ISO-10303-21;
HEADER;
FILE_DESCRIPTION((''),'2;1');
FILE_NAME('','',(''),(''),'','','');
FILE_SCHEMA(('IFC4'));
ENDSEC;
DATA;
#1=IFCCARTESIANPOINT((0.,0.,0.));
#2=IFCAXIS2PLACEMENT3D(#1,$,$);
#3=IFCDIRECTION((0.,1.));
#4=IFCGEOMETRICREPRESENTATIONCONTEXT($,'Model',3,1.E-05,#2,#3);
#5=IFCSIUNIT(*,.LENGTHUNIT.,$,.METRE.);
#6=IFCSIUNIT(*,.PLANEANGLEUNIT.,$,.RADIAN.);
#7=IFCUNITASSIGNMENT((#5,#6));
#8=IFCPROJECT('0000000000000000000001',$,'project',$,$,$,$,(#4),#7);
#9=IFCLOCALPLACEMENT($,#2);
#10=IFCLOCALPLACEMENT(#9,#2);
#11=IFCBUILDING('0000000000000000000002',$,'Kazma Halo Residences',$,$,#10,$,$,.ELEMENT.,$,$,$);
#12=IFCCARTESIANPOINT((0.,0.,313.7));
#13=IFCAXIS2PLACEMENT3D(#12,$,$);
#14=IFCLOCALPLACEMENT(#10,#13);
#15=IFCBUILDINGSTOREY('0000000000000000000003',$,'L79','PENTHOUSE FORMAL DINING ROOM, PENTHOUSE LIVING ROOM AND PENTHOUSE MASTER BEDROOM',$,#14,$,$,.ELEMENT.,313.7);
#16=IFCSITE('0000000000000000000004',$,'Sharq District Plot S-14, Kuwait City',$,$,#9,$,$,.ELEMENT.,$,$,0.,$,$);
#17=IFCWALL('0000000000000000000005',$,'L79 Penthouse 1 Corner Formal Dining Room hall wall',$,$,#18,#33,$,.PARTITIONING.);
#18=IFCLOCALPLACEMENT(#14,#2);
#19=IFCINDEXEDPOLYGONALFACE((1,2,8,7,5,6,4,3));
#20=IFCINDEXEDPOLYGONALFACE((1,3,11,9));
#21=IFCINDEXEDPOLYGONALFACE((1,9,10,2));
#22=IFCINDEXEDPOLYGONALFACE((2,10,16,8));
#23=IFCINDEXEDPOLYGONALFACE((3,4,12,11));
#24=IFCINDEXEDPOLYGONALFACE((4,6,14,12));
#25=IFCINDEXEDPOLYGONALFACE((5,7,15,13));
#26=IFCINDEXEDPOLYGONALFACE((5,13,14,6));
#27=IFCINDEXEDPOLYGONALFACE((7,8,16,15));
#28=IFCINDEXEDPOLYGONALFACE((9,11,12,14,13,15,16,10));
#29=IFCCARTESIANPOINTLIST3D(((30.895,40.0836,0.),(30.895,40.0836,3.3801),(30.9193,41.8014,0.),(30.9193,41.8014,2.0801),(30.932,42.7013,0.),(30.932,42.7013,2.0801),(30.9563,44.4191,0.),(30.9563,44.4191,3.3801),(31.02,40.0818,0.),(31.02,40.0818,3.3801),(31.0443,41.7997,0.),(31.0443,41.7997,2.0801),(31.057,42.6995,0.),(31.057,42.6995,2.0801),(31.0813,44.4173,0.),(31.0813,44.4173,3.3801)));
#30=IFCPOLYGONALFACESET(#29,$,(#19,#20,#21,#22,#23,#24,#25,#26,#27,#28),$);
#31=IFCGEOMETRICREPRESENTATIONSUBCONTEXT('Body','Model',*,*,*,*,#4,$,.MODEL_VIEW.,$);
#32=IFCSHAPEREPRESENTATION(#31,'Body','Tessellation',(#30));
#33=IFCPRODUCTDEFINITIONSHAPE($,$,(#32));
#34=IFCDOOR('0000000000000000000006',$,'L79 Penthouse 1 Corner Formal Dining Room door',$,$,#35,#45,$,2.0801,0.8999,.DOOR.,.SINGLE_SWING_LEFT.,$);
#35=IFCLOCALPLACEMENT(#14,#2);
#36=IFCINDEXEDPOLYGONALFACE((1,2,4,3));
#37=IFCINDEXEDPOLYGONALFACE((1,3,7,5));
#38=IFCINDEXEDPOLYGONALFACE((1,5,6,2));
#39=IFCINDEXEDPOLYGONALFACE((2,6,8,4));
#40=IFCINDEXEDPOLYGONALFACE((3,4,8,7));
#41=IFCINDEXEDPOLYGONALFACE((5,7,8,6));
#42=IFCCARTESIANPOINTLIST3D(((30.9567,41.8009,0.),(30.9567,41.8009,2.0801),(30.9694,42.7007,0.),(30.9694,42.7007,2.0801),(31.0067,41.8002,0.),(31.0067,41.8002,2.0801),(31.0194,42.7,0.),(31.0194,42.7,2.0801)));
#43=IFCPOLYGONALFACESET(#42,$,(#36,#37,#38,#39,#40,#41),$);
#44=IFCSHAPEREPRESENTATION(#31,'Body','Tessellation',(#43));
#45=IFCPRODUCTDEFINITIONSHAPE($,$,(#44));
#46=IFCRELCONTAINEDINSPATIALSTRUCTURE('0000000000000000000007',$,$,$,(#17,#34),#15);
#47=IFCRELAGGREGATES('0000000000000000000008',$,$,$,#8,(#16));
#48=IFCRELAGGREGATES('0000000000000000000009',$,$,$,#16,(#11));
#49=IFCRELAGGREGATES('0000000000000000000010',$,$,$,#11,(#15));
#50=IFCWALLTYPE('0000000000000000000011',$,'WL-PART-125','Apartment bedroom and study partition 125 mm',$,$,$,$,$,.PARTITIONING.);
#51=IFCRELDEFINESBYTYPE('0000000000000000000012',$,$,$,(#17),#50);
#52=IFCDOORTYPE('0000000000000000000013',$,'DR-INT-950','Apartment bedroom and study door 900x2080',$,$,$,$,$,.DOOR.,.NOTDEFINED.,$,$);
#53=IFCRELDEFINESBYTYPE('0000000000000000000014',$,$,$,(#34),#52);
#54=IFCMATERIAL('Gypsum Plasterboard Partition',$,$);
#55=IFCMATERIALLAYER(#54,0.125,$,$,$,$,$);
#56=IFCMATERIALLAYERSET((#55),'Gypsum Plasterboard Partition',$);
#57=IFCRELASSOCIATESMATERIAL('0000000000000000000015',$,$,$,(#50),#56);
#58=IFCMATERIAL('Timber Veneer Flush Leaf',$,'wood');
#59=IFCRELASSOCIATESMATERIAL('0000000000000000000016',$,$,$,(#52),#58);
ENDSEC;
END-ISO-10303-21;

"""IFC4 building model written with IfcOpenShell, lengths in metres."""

from ifc_helpers import new_model, si_unit, direction, frame, frame_2d, origin, place, context, subcontext, project, spatial, rectangle, extrude, material, layer, layer_set, type_object, element, fill, save


model = new_model("IFC4")

# Units and contexts
model_context = context("Model", 3, precision=1e-05, world=origin(), true_north=direction((0.0, 1.0)))
body_context = subcontext(model_context, "Body", "Model", "MODEL_VIEW")
ifc_project = project(units=[si_unit("LENGTHUNIT", "METRE"), si_unit("PLANEANGLEUNIT", "RADIAN")], contexts=[model_context])

# Site, building, storey
site_placement = place(None, origin())
site = spatial("IfcSite", under=ifc_project, at=site_placement, Name="Sharq District Plot S-14, Kuwait City", CompositionType="ELEMENT", RefElevation=0.0)
building_placement = place(site_placement, origin())
building = spatial("IfcBuilding", under=site, at=building_placement, Name="Kazma Halo Residences", CompositionType="ELEMENT")
storey_placement = place(building_placement, frame((0.0, 0.0, 313.7)))
storey = spatial("IfcBuildingStorey", under=building, at=storey_placement, Name="L79", Description="PENTHOUSE FORMAL DINING ROOM, PENTHOUSE LIVING ROOM AND PENTHOUSE MASTER BEDROOM", CompositionType="ELEMENT", Elevation=313.7)

# Shared definitions
ifc_material_1 = material(Name="Gypsum Plasterboard Partition")
ifc_layer_1 = layer(ifc_material_1, 0.125)
ifc_layer_set_1 = layer_set([ifc_layer_1], Name="Gypsum Plasterboard Partition")
wall_type_1 = type_object("IfcWallType", Name="WL-PART-125", Description="Apartment bedroom and study partition 125 mm", PredefinedType="PARTITIONING", material=ifc_layer_set_1)

# Wall, opening, door
wall_1_placement = place(storey_placement, frame((31.0188, 44.4182, 0.0), z_axis=(0.0, 0.0, 1.0), x_axis=(-0.014133, -0.9999, 0.0)))
wall_1 = element("IfcWall", 1, at=wall_1_placement, inside=storey, type_object=wall_type_1, Name="L79 Penthouse 1 Corner Formal Dining Room hall wall", PredefinedType="PARTITIONING", context=body_context, shape_type="SweptSolid", body=[
    extrude(rectangle(XDim=4.3359, YDim=0.125, at=frame_2d((2.168, 0.0))), origin(), (0.0, 0.0, 1.0), 3.3801),
])
opening_1_placement = place(wall_1_placement, frame((1.718, 0.0, 0.0)))
opening_1 = element("IfcOpeningElement", 2, at=opening_1_placement, cuts=wall_1, PredefinedType="OPENING", context=body_context, shape_type="SweptSolid", body=[
    extrude(rectangle(XDim=0.8999, YDim=2.0801, at=frame_2d((0.45, 1.04))), frame((0.0, 0.0725, 0.0), z_axis=(0.0, -1.0, 0.0), x_axis=(1.0, 0.0, 0.0)), (0.0, 0.0, 1.0), 0.145),
])
ifc_material_2 = material(Name="Timber Veneer Flush Leaf", Category="wood")
door_type_1 = type_object("IfcDoorType", Name="DR-INT-950", Description="Apartment bedroom and study door 900x2080", OperationType="NOTDEFINED", PredefinedType="DOOR", material=ifc_material_2)
door_1_placement = place(opening_1_placement, origin())
door_1 = element("IfcDoor", 3, at=door_1_placement, inside=storey, type_object=door_type_1, Name="L79 Penthouse 1 Corner Formal Dining Room door", OperationType="SINGLE_SWING_LEFT", OverallHeight=2.0801, OverallWidth=0.8999, PredefinedType="DOOR", context=body_context, shape_type="SweptSolid", body=[
    extrude(rectangle(XDim=0.8999, YDim=2.0801, at=frame_2d((0.45, 1.04))), frame((0.0, 0.0249, 0.0), z_axis=(0.0, -1.0, 0.0), x_axis=(1.0, 0.0, 0.0)), (0.0, 0.0, 1.0), 0.05),
])
fill(opening_1, door_1)

save(model, "model.ifc")
